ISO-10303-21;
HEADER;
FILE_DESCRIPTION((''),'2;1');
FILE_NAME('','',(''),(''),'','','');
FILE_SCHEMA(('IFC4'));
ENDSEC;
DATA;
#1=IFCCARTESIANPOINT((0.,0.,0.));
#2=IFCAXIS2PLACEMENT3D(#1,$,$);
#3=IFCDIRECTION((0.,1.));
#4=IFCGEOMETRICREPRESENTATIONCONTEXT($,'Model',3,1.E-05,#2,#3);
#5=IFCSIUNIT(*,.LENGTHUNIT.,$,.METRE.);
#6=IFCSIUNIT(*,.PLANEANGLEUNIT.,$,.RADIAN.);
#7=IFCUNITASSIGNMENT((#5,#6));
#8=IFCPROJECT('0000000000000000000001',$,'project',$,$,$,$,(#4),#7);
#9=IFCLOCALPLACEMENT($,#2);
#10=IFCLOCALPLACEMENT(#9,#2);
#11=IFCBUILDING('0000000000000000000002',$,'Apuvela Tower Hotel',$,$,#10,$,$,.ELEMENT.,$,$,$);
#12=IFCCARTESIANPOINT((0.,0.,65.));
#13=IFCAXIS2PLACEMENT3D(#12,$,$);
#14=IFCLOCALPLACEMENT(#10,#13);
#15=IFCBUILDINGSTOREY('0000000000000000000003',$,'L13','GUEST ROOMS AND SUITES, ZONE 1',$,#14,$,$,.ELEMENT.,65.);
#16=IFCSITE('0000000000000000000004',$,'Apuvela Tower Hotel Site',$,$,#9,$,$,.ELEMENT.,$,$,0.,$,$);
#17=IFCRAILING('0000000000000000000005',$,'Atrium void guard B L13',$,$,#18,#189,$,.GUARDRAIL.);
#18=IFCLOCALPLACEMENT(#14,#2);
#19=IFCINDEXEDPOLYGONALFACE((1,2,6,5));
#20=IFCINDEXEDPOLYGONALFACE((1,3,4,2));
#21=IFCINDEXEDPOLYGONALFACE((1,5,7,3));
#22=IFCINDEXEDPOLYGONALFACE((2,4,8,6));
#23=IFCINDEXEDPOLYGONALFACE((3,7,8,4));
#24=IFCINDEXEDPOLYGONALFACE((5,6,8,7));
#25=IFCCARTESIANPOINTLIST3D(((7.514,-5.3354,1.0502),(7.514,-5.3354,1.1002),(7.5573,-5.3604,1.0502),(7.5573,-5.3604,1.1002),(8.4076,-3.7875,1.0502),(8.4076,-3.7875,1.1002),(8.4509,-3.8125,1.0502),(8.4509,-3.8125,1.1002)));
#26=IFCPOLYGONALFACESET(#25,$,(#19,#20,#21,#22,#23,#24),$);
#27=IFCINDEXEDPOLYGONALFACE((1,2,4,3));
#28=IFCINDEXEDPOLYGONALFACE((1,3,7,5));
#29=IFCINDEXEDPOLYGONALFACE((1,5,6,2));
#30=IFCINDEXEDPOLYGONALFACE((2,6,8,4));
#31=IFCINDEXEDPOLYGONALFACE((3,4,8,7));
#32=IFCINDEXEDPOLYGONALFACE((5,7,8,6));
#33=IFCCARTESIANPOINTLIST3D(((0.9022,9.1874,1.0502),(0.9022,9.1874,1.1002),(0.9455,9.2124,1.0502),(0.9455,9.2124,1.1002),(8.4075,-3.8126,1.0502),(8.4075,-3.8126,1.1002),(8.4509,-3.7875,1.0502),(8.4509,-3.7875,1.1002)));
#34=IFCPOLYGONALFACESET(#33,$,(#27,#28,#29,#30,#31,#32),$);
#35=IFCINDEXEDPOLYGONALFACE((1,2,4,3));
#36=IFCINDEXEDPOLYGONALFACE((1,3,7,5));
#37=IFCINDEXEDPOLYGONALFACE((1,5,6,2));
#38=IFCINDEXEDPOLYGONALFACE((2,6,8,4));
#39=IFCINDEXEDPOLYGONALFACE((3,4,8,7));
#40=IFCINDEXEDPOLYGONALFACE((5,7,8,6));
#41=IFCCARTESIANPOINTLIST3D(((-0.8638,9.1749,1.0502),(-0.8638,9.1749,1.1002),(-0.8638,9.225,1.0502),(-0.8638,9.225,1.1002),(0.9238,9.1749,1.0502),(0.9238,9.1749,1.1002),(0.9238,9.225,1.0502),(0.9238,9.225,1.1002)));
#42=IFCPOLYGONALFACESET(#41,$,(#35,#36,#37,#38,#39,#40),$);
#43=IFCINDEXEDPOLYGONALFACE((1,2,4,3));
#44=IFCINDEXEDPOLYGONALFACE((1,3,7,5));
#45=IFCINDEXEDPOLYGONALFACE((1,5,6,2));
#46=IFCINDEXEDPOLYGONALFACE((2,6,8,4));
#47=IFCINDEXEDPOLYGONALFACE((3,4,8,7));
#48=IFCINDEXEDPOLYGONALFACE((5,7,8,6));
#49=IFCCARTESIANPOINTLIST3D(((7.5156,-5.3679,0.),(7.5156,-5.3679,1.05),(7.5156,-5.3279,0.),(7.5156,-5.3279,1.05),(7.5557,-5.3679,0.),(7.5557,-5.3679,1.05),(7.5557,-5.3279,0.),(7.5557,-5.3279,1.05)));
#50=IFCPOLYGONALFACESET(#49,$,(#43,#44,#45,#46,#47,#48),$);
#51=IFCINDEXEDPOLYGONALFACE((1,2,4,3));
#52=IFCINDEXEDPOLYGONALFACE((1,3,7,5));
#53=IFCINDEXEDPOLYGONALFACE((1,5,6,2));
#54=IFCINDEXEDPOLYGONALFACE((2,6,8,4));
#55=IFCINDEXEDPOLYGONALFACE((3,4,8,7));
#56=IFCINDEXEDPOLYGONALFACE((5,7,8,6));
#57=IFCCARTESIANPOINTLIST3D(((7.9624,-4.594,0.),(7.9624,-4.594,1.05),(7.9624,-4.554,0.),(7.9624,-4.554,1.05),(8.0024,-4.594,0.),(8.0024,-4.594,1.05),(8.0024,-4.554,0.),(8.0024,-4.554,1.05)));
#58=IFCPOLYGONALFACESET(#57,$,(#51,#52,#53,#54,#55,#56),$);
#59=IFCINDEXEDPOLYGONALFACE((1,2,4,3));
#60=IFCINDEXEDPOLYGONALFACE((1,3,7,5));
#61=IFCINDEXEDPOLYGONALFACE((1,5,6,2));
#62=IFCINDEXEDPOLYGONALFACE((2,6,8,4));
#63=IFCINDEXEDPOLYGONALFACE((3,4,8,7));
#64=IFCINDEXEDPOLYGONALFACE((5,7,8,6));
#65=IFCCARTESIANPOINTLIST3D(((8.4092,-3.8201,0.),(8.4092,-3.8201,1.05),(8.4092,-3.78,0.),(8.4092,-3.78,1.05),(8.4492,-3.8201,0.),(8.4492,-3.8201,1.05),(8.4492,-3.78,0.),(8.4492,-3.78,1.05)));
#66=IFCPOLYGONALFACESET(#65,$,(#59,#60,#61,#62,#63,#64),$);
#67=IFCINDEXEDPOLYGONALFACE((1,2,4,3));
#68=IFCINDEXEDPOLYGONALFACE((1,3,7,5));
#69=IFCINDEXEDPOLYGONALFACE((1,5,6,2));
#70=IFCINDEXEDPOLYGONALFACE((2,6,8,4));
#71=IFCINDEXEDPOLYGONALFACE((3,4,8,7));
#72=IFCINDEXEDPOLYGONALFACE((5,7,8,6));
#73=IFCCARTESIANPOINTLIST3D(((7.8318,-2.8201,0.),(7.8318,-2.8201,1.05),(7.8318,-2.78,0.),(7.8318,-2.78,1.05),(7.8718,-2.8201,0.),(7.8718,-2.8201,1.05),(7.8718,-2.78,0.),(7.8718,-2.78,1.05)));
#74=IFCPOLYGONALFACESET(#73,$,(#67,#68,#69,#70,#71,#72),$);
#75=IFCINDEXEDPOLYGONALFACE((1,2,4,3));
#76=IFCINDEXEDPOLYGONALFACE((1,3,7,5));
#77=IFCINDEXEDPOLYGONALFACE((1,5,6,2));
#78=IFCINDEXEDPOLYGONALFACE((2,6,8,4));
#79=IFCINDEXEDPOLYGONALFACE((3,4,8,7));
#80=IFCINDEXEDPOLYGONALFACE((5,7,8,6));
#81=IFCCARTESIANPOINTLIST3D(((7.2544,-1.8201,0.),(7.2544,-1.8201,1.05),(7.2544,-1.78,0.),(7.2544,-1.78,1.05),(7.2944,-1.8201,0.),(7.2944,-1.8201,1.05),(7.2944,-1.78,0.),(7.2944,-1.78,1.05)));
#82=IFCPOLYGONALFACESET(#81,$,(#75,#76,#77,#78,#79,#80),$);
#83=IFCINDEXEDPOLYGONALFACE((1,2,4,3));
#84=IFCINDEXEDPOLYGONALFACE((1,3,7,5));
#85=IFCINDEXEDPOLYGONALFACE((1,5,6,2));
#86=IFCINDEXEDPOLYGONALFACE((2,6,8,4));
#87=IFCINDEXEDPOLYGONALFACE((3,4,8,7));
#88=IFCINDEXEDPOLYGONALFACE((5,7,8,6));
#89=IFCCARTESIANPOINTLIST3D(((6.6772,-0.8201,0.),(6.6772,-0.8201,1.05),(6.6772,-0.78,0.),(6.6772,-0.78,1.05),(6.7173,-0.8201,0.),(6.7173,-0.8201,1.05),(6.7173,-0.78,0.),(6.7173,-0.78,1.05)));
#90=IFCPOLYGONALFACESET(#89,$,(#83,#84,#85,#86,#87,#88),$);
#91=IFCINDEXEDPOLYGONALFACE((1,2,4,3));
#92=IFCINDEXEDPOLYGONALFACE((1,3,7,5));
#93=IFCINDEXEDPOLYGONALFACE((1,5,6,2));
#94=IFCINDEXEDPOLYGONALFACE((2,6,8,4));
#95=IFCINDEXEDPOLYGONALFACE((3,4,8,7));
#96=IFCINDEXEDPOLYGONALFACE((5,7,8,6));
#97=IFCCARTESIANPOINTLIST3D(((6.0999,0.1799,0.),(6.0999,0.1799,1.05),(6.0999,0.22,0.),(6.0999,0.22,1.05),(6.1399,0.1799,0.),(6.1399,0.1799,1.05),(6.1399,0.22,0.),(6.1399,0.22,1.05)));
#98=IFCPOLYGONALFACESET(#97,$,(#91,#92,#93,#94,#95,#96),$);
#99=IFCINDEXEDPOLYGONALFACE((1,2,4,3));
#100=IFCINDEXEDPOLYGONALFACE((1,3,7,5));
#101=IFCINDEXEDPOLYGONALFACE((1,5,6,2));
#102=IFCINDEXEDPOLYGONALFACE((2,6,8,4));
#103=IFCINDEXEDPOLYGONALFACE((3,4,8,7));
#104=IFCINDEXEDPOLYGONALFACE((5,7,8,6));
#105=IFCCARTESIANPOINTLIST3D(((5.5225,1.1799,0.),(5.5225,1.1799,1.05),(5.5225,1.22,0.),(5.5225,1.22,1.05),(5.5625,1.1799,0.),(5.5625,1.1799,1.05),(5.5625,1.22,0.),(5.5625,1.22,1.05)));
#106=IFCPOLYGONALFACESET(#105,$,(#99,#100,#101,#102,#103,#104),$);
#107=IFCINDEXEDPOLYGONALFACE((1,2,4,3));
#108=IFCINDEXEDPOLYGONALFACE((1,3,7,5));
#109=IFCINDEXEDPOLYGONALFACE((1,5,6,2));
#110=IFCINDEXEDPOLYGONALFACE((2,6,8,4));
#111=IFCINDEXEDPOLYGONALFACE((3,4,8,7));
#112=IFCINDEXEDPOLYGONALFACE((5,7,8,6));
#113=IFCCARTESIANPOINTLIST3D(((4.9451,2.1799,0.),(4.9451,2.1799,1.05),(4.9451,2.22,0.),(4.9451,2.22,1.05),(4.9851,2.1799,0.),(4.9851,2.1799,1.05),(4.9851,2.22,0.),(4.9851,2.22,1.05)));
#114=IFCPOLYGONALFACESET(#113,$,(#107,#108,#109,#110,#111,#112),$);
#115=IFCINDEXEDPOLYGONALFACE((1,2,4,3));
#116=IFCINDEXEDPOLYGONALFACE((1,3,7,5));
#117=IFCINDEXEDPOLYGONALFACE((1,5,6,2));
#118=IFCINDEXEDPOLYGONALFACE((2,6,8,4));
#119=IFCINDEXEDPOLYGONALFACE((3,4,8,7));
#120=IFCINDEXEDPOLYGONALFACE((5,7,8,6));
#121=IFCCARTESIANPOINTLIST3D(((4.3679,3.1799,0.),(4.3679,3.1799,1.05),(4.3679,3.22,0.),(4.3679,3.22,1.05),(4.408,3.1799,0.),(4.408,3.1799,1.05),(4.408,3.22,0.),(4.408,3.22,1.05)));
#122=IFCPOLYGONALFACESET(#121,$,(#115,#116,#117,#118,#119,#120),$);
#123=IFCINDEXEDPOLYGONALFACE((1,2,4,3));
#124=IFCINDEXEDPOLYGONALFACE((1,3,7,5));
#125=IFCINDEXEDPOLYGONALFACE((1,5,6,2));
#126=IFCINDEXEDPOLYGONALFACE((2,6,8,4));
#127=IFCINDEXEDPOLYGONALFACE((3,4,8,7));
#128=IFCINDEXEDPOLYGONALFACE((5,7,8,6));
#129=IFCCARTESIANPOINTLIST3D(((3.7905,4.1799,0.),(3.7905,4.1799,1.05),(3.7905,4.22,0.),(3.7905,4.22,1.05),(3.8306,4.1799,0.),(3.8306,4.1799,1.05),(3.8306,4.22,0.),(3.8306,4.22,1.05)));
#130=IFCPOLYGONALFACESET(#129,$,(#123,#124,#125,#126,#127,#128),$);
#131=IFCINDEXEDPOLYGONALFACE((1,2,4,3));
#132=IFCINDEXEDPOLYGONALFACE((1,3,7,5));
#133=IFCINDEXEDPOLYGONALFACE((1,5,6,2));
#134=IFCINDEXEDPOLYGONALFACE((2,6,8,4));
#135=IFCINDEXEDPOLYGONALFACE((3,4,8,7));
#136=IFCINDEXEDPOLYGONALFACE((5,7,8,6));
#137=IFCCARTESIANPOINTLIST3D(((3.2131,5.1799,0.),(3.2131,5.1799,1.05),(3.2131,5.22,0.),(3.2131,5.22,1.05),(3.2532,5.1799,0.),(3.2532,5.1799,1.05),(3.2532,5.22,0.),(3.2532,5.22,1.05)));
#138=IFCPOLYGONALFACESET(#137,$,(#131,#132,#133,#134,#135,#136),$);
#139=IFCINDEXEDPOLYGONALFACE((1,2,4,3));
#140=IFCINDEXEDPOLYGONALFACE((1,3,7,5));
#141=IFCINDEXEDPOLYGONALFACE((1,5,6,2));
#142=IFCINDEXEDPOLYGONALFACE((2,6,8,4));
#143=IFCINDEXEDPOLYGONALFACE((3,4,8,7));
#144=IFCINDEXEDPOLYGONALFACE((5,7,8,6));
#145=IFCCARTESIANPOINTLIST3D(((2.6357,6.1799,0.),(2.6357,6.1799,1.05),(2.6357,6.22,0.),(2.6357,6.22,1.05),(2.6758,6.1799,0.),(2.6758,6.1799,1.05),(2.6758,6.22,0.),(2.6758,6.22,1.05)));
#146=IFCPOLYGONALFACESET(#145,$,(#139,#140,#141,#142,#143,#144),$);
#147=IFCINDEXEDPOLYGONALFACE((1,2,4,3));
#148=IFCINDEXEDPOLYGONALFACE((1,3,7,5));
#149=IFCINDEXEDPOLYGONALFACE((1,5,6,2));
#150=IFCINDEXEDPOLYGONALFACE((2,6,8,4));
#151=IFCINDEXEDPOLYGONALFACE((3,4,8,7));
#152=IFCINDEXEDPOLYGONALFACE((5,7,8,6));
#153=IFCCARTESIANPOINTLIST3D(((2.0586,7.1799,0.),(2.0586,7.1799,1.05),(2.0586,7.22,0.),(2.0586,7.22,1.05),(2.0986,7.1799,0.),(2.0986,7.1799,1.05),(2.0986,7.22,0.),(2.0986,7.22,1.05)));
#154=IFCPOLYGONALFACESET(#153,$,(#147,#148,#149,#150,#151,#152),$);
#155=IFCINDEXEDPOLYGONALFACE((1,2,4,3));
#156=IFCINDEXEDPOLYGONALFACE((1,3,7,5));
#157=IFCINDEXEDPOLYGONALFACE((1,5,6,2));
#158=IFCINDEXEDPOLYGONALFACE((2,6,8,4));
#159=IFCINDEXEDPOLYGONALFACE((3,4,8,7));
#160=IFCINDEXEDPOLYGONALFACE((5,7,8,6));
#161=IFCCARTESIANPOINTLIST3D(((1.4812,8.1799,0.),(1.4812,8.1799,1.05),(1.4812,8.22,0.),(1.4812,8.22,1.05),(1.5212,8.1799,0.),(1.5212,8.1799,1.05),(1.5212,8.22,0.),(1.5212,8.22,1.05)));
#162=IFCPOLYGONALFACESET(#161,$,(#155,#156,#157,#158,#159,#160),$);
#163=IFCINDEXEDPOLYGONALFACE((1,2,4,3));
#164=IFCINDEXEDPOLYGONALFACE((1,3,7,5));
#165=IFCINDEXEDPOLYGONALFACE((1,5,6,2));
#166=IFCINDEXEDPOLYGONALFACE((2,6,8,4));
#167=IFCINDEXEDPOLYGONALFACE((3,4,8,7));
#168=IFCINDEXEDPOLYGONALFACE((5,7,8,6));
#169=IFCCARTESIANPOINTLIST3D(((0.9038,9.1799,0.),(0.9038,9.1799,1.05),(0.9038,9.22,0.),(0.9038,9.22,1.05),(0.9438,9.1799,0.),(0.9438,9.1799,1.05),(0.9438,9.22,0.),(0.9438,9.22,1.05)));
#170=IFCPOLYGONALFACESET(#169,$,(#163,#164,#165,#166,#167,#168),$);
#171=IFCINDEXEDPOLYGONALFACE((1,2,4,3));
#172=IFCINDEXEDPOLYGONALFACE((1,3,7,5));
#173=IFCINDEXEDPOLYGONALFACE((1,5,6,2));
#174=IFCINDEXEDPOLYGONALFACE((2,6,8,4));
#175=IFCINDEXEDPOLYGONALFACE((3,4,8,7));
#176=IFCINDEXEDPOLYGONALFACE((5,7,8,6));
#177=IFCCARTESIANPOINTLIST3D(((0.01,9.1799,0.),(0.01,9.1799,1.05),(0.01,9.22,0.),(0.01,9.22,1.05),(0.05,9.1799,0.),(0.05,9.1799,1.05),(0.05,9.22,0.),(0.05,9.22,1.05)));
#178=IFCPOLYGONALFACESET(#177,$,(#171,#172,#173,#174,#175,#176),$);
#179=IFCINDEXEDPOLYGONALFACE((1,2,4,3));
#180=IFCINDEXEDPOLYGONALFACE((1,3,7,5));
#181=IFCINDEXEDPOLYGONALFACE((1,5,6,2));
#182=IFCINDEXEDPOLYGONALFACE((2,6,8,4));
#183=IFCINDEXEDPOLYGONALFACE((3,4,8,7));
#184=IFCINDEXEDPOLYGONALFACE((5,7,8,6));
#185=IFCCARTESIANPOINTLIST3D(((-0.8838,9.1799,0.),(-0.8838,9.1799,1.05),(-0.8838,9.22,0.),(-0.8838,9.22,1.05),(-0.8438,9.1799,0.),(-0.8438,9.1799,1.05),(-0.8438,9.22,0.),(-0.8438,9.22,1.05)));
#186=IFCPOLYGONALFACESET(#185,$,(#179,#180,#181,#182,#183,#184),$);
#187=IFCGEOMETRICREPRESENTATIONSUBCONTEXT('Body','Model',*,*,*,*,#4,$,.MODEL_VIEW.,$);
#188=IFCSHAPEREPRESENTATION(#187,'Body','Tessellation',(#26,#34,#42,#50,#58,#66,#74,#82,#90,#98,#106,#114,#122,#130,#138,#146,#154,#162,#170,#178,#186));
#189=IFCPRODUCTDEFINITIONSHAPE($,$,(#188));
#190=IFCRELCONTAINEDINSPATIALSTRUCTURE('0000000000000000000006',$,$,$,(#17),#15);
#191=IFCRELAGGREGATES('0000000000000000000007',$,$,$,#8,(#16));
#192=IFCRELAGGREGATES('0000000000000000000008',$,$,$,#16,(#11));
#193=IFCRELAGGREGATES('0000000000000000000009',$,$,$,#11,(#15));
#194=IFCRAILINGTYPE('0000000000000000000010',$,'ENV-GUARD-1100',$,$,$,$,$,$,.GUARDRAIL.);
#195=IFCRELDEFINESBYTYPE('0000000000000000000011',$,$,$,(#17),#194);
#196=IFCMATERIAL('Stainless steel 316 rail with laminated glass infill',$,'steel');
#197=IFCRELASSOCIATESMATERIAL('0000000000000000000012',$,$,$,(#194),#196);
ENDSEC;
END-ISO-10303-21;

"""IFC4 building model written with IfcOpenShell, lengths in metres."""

from ifc_helpers import new_model, si_unit, direction, frame, origin, origin_2d, place, context, subcontext, project, spatial, rectangle, extrude, material, type_object, element, save


model = new_model("IFC4")

# Units and contexts
model_context = context("Model", 3, precision=1e-05, world=origin(), true_north=direction((0.0, 1.0)))
body_context = subcontext(model_context, "Body", "Model", "MODEL_VIEW")
ifc_project = project(units=[si_unit("LENGTHUNIT", "METRE"), si_unit("PLANEANGLEUNIT", "RADIAN")], contexts=[model_context])

# Site, building, storey
site_placement = place(None, origin())
site = spatial("IfcSite", under=ifc_project, at=site_placement, Name="Apuvela Tower Hotel Site", CompositionType="ELEMENT", RefElevation=0.0)
building_placement = place(site_placement, origin())
building = spatial("IfcBuilding", under=site, at=building_placement, Name="Apuvela Tower Hotel", CompositionType="ELEMENT")
storey_placement = place(building_placement, frame((0.0, 0.0, 65.0)))
storey = spatial("IfcBuildingStorey", under=building, at=storey_placement, Name="L13", Description="GUEST ROOMS AND SUITES, ZONE 1", CompositionType="ELEMENT", Elevation=65.0)

# Railing
ifc_material_1 = material(Name="Stainless steel 316 rail with laminated glass infill", Category="steel")
railing_type_1 = type_object("IfcRailingType", Name="ENV-GUARD-1100", PredefinedType="GUARDRAIL", material=ifc_material_1)
railing_1_placement = place(storey_placement, frame((7.5356, -5.3479, 0.0)))
element("IfcRailing", 1, at=railing_1_placement, inside=storey, type_object=railing_type_1, Name="Atrium void guard B L13", PredefinedType="GUARDRAIL", context=body_context, shape_type="SweptSolid", body=[
    extrude(rectangle(XDim=0.05, YDim=0.05, at=origin_2d()), frame((0.0, 0.0, 1.0752), z_axis=(0.499959, 0.866049, 0.0), x_axis=(-0.866049, 0.499959, 0.0)), (0.0, 0.0, 1.0), 1.7874),
    extrude(rectangle(XDim=0.05, YDim=0.05, at=origin_2d()), frame((0.8936, 1.5479, 1.0752), z_axis=(-0.499991, 0.866031, 0.0), x_axis=(-0.866031, -0.499991, 0.0)), (0.0, 0.0, 1.0), 15.011),
    extrude(rectangle(XDim=0.05, YDim=0.05, at=origin_2d()), frame((-6.6118, 14.5479, 1.0752), z_axis=(-1.0, 0.0, 0.0), x_axis=(0.0, -1.0, 0.0)), (0.0, 0.0, 1.0), 1.7876),
    extrude(rectangle(XDim=0.04, YDim=0.04, at=origin_2d()), origin(), (0.0, 0.0, 1.0), 1.05),
    extrude(rectangle(XDim=0.04, YDim=0.04, at=origin_2d()), frame((0.4468, 0.7739, 0.0)), (0.0, 0.0, 1.0), 1.05),
    extrude(rectangle(XDim=0.04, YDim=0.04, at=origin_2d()), frame((0.8936, 1.5479, 0.0)), (0.0, 0.0, 1.0), 1.05),
    extrude(rectangle(XDim=0.04, YDim=0.04, at=origin_2d()), frame((0.3162, 2.5479, 0.0)), (0.0, 0.0, 1.0), 1.05),
    extrude(rectangle(XDim=0.04, YDim=0.04, at=origin_2d()), frame((-0.2612, 3.5479, 0.0)), (0.0, 0.0, 1.0), 1.05),
    extrude(rectangle(XDim=0.04, YDim=0.04, at=origin_2d()), frame((-0.8384, 4.5479, 0.0)), (0.0, 0.0, 1.0), 1.05),
    extrude(rectangle(XDim=0.04, YDim=0.04, at=origin_2d()), frame((-1.4158, 5.5479, 0.0)), (0.0, 0.0, 1.0), 1.05),
    extrude(rectangle(XDim=0.04, YDim=0.04, at=origin_2d()), frame((-1.9932, 6.5479, 0.0)), (0.0, 0.0, 1.0), 1.05),
    extrude(rectangle(XDim=0.04, YDim=0.04, at=origin_2d()), frame((-2.5706, 7.5479, 0.0)), (0.0, 0.0, 1.0), 1.05),
    extrude(rectangle(XDim=0.04, YDim=0.04, at=origin_2d()), frame((-3.1477, 8.5479, 0.0)), (0.0, 0.0, 1.0), 1.05),
    extrude(rectangle(XDim=0.04, YDim=0.04, at=origin_2d()), frame((-3.7251, 9.5479, 0.0)), (0.0, 0.0, 1.0), 1.05),
    extrude(rectangle(XDim=0.04, YDim=0.04, at=origin_2d()), frame((-4.3025, 10.5479, 0.0)), (0.0, 0.0, 1.0), 1.05),
    extrude(rectangle(XDim=0.04, YDim=0.04, at=origin_2d()), frame((-4.8799, 11.5479, 0.0)), (0.0, 0.0, 1.0), 1.05),
    extrude(rectangle(XDim=0.04, YDim=0.04, at=origin_2d()), frame((-5.457, 12.5479, 0.0)), (0.0, 0.0, 1.0), 1.05),
    extrude(rectangle(XDim=0.04, YDim=0.04, at=origin_2d()), frame((-6.0344, 13.5479, 0.0)), (0.0, 0.0, 1.0), 1.05),
    extrude(rectangle(XDim=0.04, YDim=0.04, at=origin_2d()), frame((-6.6118, 14.5479, 0.0)), (0.0, 0.0, 1.0), 1.05),
    extrude(rectangle(XDim=0.04, YDim=0.04, at=origin_2d()), frame((-7.5056, 14.5479, 0.0)), (0.0, 0.0, 1.0), 1.05),
    extrude(rectangle(XDim=0.04, YDim=0.04, at=origin_2d()), frame((-8.3994, 14.5479, 0.0)), (0.0, 0.0, 1.0), 1.05),
])

save(model, "model.ifc")
